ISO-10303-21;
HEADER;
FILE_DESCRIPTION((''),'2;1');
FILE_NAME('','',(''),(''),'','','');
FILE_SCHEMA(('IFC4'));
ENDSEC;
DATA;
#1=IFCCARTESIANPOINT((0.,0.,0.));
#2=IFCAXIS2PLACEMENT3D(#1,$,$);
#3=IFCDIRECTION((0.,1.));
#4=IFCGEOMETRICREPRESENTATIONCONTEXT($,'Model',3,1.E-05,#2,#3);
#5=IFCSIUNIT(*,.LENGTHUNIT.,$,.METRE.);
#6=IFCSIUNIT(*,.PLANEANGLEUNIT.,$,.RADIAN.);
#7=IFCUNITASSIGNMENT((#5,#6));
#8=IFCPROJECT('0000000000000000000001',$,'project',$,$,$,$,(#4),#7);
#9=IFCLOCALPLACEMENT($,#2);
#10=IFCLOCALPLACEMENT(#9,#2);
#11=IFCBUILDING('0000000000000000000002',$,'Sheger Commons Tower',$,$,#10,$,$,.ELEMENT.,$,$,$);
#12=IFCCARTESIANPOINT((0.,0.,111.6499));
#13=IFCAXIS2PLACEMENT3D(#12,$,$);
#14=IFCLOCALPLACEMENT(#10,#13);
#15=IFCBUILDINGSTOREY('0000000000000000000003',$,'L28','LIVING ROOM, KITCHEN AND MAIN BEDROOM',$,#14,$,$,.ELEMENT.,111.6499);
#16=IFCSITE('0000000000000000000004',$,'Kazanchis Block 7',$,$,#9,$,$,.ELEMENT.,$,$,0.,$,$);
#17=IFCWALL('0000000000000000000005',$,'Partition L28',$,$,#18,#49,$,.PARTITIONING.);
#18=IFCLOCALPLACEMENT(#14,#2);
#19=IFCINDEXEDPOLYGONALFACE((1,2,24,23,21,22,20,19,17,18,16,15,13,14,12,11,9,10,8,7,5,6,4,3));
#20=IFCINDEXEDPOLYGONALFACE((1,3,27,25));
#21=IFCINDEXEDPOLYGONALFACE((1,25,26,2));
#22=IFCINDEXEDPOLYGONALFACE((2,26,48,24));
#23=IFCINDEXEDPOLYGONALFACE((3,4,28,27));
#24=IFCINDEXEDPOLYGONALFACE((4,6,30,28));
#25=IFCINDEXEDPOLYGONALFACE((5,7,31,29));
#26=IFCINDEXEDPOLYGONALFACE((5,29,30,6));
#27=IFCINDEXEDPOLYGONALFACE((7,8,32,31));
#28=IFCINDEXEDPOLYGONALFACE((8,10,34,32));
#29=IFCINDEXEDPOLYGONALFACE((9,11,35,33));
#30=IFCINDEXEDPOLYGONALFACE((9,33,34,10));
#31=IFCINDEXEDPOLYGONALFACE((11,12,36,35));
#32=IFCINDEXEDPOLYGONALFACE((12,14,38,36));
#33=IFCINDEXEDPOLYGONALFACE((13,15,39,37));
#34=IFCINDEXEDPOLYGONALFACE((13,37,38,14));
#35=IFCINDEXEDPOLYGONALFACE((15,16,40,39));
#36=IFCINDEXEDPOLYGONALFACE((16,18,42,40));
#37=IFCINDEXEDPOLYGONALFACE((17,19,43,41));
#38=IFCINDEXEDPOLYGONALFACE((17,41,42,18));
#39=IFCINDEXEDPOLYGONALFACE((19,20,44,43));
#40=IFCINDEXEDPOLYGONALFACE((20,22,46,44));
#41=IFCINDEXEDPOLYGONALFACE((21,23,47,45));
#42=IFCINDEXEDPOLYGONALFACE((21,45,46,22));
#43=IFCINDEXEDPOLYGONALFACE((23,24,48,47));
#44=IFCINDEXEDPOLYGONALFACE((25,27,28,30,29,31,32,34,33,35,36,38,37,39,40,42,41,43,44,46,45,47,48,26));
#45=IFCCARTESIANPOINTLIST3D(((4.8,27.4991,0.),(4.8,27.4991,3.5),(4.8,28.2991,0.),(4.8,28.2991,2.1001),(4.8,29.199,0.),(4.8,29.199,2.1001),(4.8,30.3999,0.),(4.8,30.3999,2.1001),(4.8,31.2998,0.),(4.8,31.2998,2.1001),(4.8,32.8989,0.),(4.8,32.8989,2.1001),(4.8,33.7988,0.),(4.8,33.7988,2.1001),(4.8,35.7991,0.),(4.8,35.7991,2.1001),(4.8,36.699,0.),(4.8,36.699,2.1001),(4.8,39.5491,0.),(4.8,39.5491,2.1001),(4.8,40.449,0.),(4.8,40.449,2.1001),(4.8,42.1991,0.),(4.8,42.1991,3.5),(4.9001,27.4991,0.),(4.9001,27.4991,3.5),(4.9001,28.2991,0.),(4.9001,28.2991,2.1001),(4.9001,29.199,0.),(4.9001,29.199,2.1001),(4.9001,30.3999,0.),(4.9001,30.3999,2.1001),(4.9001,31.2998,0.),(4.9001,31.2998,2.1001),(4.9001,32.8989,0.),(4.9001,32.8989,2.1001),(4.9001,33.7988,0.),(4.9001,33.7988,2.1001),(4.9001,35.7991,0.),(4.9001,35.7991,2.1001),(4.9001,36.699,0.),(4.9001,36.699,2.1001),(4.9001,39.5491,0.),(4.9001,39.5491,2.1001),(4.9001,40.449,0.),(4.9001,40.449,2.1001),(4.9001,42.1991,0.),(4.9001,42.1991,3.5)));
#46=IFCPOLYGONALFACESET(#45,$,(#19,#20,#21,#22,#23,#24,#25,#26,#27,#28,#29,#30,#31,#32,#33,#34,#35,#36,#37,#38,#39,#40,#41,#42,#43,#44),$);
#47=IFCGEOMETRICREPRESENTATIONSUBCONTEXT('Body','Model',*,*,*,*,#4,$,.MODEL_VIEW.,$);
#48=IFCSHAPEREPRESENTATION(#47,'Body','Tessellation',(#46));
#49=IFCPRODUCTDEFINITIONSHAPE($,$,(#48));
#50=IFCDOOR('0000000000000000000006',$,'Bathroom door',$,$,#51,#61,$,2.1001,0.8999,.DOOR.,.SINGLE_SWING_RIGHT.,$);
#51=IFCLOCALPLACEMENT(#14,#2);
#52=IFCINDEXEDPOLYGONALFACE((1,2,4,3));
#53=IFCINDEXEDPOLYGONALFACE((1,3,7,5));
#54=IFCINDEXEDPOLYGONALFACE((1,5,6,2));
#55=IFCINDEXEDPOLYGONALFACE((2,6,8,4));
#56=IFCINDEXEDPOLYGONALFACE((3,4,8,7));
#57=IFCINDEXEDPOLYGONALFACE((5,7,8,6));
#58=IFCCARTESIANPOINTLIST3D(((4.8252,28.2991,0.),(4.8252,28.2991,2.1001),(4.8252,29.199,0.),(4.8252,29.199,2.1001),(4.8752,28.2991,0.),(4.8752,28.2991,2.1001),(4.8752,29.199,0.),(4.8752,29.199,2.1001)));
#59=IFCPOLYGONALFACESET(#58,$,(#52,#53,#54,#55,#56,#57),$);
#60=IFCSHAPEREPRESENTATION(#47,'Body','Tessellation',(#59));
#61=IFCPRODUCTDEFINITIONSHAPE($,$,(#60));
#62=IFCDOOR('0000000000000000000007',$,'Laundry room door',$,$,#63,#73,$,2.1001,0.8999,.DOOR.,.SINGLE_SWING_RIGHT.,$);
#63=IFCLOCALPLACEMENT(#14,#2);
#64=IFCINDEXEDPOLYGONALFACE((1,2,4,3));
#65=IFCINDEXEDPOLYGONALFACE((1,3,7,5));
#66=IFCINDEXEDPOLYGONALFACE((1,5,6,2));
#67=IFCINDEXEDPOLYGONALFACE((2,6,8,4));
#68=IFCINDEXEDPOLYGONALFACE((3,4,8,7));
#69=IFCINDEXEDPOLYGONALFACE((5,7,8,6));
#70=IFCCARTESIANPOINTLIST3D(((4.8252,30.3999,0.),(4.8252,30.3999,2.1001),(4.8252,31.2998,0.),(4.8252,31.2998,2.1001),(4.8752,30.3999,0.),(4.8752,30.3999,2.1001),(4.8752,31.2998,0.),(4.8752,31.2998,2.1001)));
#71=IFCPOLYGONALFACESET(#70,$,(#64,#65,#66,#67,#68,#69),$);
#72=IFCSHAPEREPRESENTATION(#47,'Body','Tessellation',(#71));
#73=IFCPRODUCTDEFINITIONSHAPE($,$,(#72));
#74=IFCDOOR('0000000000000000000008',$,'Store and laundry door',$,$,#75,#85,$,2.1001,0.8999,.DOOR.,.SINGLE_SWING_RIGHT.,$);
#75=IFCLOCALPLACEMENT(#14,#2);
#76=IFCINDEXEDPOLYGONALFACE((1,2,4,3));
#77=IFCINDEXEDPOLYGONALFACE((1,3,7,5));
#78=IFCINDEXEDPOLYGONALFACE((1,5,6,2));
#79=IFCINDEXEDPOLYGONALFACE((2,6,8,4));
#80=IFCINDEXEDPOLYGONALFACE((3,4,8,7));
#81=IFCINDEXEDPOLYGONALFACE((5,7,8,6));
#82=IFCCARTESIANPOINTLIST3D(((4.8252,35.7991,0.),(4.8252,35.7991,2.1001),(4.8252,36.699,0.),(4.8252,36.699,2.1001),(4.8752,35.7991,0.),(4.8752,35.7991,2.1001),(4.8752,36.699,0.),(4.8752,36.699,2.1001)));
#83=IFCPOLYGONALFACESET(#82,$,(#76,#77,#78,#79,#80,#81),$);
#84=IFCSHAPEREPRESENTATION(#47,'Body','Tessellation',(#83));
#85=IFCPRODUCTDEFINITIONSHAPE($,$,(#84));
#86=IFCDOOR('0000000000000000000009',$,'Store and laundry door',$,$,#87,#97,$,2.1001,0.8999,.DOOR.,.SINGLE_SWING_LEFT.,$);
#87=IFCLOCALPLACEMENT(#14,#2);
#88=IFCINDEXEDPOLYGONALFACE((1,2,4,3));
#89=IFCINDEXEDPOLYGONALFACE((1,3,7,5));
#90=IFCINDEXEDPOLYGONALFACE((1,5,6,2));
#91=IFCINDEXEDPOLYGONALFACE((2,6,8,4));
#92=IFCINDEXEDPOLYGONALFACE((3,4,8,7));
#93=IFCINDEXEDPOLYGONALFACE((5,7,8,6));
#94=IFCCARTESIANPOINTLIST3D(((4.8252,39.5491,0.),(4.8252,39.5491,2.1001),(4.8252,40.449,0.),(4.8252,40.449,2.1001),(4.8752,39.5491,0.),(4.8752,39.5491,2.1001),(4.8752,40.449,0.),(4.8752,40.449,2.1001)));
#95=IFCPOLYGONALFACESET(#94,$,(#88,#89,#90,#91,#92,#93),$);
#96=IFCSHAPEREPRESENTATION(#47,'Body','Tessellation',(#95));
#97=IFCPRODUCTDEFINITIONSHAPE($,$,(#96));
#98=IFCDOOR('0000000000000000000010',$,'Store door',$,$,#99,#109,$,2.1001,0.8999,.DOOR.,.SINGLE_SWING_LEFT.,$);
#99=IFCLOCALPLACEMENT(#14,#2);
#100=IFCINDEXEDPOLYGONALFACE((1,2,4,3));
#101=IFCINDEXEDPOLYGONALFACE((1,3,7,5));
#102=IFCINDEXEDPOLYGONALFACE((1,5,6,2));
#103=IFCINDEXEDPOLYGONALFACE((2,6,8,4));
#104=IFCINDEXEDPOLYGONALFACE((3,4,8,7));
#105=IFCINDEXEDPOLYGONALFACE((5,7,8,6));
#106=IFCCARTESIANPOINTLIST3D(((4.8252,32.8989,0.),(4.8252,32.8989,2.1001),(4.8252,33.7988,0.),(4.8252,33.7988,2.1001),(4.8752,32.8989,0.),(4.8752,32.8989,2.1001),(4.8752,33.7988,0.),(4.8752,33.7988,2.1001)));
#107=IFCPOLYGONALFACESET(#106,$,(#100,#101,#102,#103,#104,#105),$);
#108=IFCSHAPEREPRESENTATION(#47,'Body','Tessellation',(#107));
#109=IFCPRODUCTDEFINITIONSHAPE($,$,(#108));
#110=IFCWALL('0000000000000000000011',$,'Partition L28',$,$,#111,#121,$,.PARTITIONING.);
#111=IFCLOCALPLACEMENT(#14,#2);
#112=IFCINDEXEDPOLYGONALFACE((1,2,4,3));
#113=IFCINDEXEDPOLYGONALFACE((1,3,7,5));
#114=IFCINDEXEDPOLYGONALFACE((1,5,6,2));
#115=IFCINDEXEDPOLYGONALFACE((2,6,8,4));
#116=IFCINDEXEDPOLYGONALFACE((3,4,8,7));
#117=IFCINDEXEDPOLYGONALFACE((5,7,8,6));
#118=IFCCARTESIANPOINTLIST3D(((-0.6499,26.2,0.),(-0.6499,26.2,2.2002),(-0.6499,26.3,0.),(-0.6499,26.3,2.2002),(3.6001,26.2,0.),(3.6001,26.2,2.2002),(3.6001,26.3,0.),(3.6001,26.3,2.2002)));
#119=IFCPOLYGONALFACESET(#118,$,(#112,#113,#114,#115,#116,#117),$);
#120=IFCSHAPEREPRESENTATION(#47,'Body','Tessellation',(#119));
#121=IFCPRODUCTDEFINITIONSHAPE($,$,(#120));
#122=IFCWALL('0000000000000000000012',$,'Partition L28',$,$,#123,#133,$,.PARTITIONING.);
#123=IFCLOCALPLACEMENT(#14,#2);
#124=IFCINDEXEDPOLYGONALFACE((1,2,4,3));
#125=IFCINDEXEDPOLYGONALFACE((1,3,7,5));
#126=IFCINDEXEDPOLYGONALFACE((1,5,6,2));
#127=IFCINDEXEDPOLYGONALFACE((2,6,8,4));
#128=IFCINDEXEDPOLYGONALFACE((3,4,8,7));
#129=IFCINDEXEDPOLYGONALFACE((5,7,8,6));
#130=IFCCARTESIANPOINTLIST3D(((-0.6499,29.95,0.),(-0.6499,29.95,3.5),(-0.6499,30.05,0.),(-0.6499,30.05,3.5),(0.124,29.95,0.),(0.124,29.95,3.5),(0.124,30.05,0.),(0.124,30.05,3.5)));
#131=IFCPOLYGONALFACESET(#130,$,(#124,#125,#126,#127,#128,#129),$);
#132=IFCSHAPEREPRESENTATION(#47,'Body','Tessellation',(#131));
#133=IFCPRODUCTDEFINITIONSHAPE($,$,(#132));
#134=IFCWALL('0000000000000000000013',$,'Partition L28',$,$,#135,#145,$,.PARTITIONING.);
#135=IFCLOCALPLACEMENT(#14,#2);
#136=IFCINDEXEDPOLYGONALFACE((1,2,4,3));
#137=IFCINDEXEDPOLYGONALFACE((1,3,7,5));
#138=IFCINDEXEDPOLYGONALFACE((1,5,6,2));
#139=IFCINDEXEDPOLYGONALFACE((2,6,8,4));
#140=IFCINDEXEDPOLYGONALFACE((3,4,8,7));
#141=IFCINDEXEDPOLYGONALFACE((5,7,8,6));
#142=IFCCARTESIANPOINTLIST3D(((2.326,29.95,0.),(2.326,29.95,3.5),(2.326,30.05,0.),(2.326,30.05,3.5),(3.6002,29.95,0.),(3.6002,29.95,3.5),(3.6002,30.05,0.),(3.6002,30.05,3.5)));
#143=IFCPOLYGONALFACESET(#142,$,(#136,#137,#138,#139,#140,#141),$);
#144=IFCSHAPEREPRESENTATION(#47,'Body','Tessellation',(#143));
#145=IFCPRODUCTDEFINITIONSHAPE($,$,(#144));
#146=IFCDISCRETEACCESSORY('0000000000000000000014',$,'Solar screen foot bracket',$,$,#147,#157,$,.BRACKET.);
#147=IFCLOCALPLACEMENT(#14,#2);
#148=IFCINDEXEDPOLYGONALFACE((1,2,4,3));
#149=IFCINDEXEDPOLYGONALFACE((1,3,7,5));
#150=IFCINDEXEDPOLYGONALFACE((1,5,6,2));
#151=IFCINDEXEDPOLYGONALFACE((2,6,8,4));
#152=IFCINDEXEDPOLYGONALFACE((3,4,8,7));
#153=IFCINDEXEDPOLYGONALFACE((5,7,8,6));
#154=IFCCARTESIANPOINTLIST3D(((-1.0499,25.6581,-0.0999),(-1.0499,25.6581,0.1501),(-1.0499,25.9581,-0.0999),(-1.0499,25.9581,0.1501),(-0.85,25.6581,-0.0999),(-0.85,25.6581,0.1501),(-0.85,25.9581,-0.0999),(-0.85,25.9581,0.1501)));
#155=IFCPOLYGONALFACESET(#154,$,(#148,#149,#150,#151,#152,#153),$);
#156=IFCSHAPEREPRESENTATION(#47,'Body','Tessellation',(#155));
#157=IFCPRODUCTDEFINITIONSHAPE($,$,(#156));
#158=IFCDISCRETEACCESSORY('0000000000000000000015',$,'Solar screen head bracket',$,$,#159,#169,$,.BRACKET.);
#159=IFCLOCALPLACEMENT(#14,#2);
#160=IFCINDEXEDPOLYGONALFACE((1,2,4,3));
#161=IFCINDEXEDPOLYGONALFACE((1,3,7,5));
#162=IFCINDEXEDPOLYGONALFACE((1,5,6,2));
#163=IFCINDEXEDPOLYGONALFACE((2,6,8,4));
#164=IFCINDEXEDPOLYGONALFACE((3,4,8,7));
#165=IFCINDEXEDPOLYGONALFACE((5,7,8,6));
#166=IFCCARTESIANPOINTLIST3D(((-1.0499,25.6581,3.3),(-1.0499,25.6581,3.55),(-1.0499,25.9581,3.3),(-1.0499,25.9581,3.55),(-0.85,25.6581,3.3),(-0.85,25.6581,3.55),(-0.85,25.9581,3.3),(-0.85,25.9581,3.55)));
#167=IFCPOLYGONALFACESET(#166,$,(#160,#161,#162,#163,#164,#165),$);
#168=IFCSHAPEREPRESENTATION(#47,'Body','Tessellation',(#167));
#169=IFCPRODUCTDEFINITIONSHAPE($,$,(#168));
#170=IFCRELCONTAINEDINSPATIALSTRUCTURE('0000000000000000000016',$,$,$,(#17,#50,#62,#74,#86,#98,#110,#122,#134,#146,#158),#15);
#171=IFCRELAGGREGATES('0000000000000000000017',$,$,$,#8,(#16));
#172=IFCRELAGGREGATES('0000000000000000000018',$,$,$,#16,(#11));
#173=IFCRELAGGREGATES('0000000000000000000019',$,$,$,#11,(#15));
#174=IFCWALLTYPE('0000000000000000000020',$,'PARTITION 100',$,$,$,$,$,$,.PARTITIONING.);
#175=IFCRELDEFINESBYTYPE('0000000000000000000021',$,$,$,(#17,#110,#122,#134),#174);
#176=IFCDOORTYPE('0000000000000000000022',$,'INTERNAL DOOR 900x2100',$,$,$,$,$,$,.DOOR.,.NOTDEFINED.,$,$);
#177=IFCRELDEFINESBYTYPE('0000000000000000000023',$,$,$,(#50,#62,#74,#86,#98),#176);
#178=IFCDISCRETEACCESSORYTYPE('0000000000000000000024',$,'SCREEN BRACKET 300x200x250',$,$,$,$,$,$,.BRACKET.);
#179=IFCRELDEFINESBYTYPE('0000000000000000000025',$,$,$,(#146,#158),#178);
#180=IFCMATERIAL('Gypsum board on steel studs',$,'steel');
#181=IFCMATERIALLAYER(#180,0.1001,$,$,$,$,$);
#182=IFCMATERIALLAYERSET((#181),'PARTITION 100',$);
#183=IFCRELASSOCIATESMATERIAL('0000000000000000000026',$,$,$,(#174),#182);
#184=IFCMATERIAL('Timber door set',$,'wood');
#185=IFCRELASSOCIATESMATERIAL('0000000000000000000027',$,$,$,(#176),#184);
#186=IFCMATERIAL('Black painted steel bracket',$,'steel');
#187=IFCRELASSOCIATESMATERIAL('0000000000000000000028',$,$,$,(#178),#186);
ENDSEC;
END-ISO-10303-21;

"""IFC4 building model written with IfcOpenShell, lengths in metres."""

from ifc_helpers import new_model, si_unit, direction, frame, frame_2d, origin, origin_2d, place, context, subcontext, project, spatial, rectangle, extrude, material, layer, layer_set, type_object, element, fill, save


model = new_model("IFC4")

# Units and contexts
model_context = context("Model", 3, precision=1e-05, world=origin(), true_north=direction((0.0, 1.0)))
body_context = subcontext(model_context, "Body", "Model", "MODEL_VIEW")
ifc_project = project(units=[si_unit("LENGTHUNIT", "METRE"), si_unit("PLANEANGLEUNIT", "RADIAN")], contexts=[model_context])

# Site, building, storey
site_placement = place(None, origin())
site = spatial("IfcSite", under=ifc_project, at=site_placement, Name="Kazanchis Block 7", CompositionType="ELEMENT", RefElevation=0.0)
building_placement = place(site_placement, origin())
building = spatial("IfcBuilding", under=site, at=building_placement, Name="Sheger Commons Tower", CompositionType="ELEMENT")
storey_placement = place(building_placement, frame((0.0, 0.0, 111.6499)))
storey = spatial("IfcBuildingStorey", under=building, at=storey_placement, Name="L28", Description="LIVING ROOM, KITCHEN AND MAIN BEDROOM", CompositionType="ELEMENT", Elevation=111.6499)

# Wall, openings, doors
ifc_material_1 = material(Name="Gypsum board on steel studs", Category="steel")
ifc_layer_1 = layer(ifc_material_1, 0.1001)
ifc_layer_set_1 = layer_set([ifc_layer_1], Name="PARTITION 100")
wall_type_1 = type_object("IfcWallType", Name="PARTITION 100", PredefinedType="PARTITIONING", material=ifc_layer_set_1)
ifc_material_2 = material(Name="Timber door set", Category="wood")
door_type = type_object("IfcDoorType", Name="INTERNAL DOOR 900x2100", OperationType="NOTDEFINED", PredefinedType="DOOR", material=ifc_material_2)
wall_1_placement = place(storey_placement, frame((4.8501, 27.499, 0.0), z_axis=(0.0, 0.0, 1.0), x_axis=(0.0, 1.0, 0.0)))
wall_1 = element("IfcWall", 1, at=wall_1_placement, inside=storey, type_object=wall_type_1, Name="Partition L28", PredefinedType="PARTITIONING", context=body_context, shape_type="SweptSolid", body=[
    extrude(rectangle(XDim=14.7, YDim=0.1001, at=frame_2d((7.3501, 0.0))), origin(), (0.0, 0.0, 1.0), 3.5),
])
opening_1_placement = place(wall_1_placement, frame((0.8, 0.0, 0.0)))
opening_1 = element("IfcOpeningElement", 2, at=opening_1_placement, cuts=wall_1, PredefinedType="OPENING", context=body_context, shape_type="SweptSolid", body=[
    extrude(rectangle(XDim=0.8999, YDim=2.1001, at=frame_2d((0.45, 1.05))), frame((0.0, 0.0601, 0.0), z_axis=(0.0, -1.0, 0.0), x_axis=(1.0, 0.0, 0.0)), (0.0, 0.0, 1.0), 0.1201),
])
opening_2_placement = place(wall_1_placement, frame((2.9009, 0.0, 0.0)))
opening_2 = element("IfcOpeningElement", 3, at=opening_2_placement, cuts=wall_1, PredefinedType="OPENING", context=body_context, shape_type="SweptSolid", body=[
    extrude(rectangle(XDim=0.8999, YDim=2.1001, at=frame_2d((0.45, 1.05))), frame((0.0, 0.0601, 0.0), z_axis=(0.0, -1.0, 0.0), x_axis=(1.0, 0.0, 0.0)), (0.0, 0.0, 1.0), 0.1201),
])
opening_3_placement = place(wall_1_placement, frame((8.3, 0.0, 0.0)))
opening_3 = element("IfcOpeningElement", 4, at=opening_3_placement, cuts=wall_1, PredefinedType="OPENING", context=body_context, shape_type="SweptSolid", body=[
    extrude(rectangle(XDim=0.8999, YDim=2.1001, at=frame_2d((0.45, 1.05))), frame((0.0, 0.0601, 0.0), z_axis=(0.0, -1.0, 0.0), x_axis=(1.0, 0.0, 0.0)), (0.0, 0.0, 1.0), 0.1201),
])
opening_4_placement = place(wall_1_placement, frame((12.05, 0.0, 0.0)))
opening_4 = element("IfcOpeningElement", 5, at=opening_4_placement, cuts=wall_1, PredefinedType="OPENING", context=body_context, shape_type="SweptSolid", body=[
    extrude(rectangle(XDim=0.8999, YDim=2.1001, at=frame_2d((0.45, 1.05))), frame((0.0, 0.0601, 0.0), z_axis=(0.0, -1.0, 0.0), x_axis=(1.0, 0.0, 0.0)), (0.0, 0.0, 1.0), 0.1201),
])
opening_5_placement = place(wall_1_placement, frame((5.3999, 0.0, 0.0)))
opening_5 = element("IfcOpeningElement", 6, at=opening_5_placement, cuts=wall_1, PredefinedType="OPENING", context=body_context, shape_type="SweptSolid", body=[
    extrude(rectangle(XDim=0.8999, YDim=2.1001, at=frame_2d((0.45, 1.05))), frame((0.0, 0.0601, 0.0), z_axis=(0.0, -1.0, 0.0), x_axis=(1.0, 0.0, 0.0)), (0.0, 0.0, 1.0), 0.1201),
])
door_1_placement = place(opening_1_placement, origin())
door_1 = element("IfcDoor", 7, at=door_1_placement, inside=storey, type_object=door_type, Name="Bathroom door", OperationType="SINGLE_SWING_RIGHT", OverallHeight=2.1001, OverallWidth=0.8999, PredefinedType="DOOR", context=body_context, shape_type="SweptSolid", body=[
    extrude(rectangle(XDim=0.8999, YDim=2.1001, at=frame_2d((0.45, 1.05))), frame((0.0, 0.0249, 0.0), z_axis=(0.0, -1.0, 0.0), x_axis=(1.0, 0.0, 0.0)), (0.0, 0.0, 1.0), 0.05),
])
fill(opening_1, door_1)
door_2_placement = place(opening_2_placement, origin())
door_2 = element("IfcDoor", 8, at=door_2_placement, inside=storey, type_object=door_type, Name="Laundry room door", OperationType="SINGLE_SWING_RIGHT", OverallHeight=2.1001, OverallWidth=0.8999, PredefinedType="DOOR", context=body_context, shape_type="SweptSolid", body=[
    extrude(rectangle(XDim=0.8999, YDim=2.1001, at=frame_2d((0.45, 1.05))), frame((0.0, 0.0249, 0.0), z_axis=(0.0, -1.0, 0.0), x_axis=(1.0, 0.0, 0.0)), (0.0, 0.0, 1.0), 0.05),
])
fill(opening_2, door_2)
door_3_placement = place(opening_3_placement, origin())
door_3 = element("IfcDoor", 9, at=door_3_placement, inside=storey, type_object=door_type, Name="Store and laundry door", OperationType="SINGLE_SWING_RIGHT", OverallHeight=2.1001, OverallWidth=0.8999, PredefinedType="DOOR", context=body_context, shape_type="SweptSolid", body=[
    extrude(rectangle(XDim=0.8999, YDim=2.1001, at=frame_2d((0.45, 1.05))), frame((0.0, 0.0249, 0.0), z_axis=(0.0, -1.0, 0.0), x_axis=(1.0, 0.0, 0.0)), (0.0, 0.0, 1.0), 0.05),
])
fill(opening_3, door_3)
door_4_placement = place(opening_4_placement, origin())
door_4 = element("IfcDoor", 10, at=door_4_placement, inside=storey, type_object=door_type, Name="Store and laundry door", OperationType="SINGLE_SWING_LEFT", OverallHeight=2.1001, OverallWidth=0.8999, PredefinedType="DOOR", context=body_context, shape_type="SweptSolid", body=[
    extrude(rectangle(XDim=0.8999, YDim=2.1001, at=frame_2d((0.45, 1.05))), frame((0.0, 0.0249, 0.0), z_axis=(0.0, -1.0, 0.0), x_axis=(1.0, 0.0, 0.0)), (0.0, 0.0, 1.0), 0.05),
])
fill(opening_4, door_4)
door_5_placement = place(opening_5_placement, origin())
door_5 = element("IfcDoor", 11, at=door_5_placement, inside=storey, type_object=door_type, Name="Store door", OperationType="SINGLE_SWING_LEFT", OverallHeight=2.1001, OverallWidth=0.8999, PredefinedType="DOOR", context=body_context, shape_type="SweptSolid", body=[
    extrude(rectangle(XDim=0.8999, YDim=2.1001, at=frame_2d((0.45, 1.05))), frame((0.0, 0.0249, 0.0), z_axis=(0.0, -1.0, 0.0), x_axis=(1.0, 0.0, 0.0)), (0.0, 0.0, 1.0), 0.05),
])
fill(opening_5, door_5)

# Walls
wall_2_placement = place(storey_placement, frame((-0.6499, 26.25, 0.0), z_axis=(0.0, 0.0, 1.0), x_axis=(1.0, 0.0, 0.0)))
element("IfcWall", 12, at=wall_2_placement, inside=storey, type_object=wall_type_1, Name="Partition L28", PredefinedType="PARTITIONING", context=body_context, shape_type="SweptSolid", body=[
    extrude(rectangle(XDim=4.25, YDim=0.1001, at=frame_2d((2.125, 0.0))), origin(), (0.0, 0.0, 1.0), 2.2002),
])
wall_3_placement = place(storey_placement, frame((-0.6499, 30.0, 0.0), z_axis=(0.0, 0.0, 1.0), x_axis=(1.0, 0.0, 0.0)))
element("IfcWall", 13, at=wall_3_placement, inside=storey, type_object=wall_type_1, Name="Partition L28", PredefinedType="PARTITIONING", context=body_context, shape_type="SweptSolid", body=[
    extrude(rectangle(XDim=0.7739, YDim=0.1001, at=frame_2d((0.387, 0.0))), origin(), (0.0, 0.0, 1.0), 3.5),
])
wall_4_placement = place(storey_placement, frame((2.3259, 30.0, 0.0), z_axis=(0.0, 0.0, 1.0), x_axis=(1.0, 0.0, 0.0)))
element("IfcWall", 14, at=wall_4_placement, inside=storey, type_object=wall_type_1, Name="Partition L28", PredefinedType="PARTITIONING", context=body_context, shape_type="SweptSolid", body=[
    extrude(rectangle(XDim=1.2742, YDim=0.1001, at=frame_2d((0.6372, 0.0))), origin(), (0.0, 0.0, 1.0), 3.5),
])

# Discrete accessories
ifc_material_3 = material(Name="Black painted steel bracket", Category="steel")
discrete_accessory_type = type_object("IfcDiscreteAccessoryType", Name="SCREEN BRACKET 300x200x250", PredefinedType="BRACKET", material=ifc_material_3)
for number, where, z_axis, x_axis, name in (
    (15, (-0.95, 25.8081, -0.0999), (0.0, 0.0, 1.0), (0.0, -1.0, 0.0), "Solar screen foot bracket"),
    (16, (-0.95, 25.8081, 3.3), (0.0, 0.0, 1.0), (0.0, -1.0, 0.0), "Solar screen head bracket"),
):
    element("IfcDiscreteAccessory", number, at=place(storey_placement, frame(where, z_axis=z_axis, x_axis=x_axis)), inside=storey, type_object=discrete_accessory_type, Name=name, PredefinedType="BRACKET", context=body_context, shape_type="SweptSolid", body=[
        extrude(rectangle(XDim=0.3, YDim=0.2, at=origin_2d()), origin(), (0.0, 0.0, 1.0), 0.25),
    ])

save(model, "model.ifc")
